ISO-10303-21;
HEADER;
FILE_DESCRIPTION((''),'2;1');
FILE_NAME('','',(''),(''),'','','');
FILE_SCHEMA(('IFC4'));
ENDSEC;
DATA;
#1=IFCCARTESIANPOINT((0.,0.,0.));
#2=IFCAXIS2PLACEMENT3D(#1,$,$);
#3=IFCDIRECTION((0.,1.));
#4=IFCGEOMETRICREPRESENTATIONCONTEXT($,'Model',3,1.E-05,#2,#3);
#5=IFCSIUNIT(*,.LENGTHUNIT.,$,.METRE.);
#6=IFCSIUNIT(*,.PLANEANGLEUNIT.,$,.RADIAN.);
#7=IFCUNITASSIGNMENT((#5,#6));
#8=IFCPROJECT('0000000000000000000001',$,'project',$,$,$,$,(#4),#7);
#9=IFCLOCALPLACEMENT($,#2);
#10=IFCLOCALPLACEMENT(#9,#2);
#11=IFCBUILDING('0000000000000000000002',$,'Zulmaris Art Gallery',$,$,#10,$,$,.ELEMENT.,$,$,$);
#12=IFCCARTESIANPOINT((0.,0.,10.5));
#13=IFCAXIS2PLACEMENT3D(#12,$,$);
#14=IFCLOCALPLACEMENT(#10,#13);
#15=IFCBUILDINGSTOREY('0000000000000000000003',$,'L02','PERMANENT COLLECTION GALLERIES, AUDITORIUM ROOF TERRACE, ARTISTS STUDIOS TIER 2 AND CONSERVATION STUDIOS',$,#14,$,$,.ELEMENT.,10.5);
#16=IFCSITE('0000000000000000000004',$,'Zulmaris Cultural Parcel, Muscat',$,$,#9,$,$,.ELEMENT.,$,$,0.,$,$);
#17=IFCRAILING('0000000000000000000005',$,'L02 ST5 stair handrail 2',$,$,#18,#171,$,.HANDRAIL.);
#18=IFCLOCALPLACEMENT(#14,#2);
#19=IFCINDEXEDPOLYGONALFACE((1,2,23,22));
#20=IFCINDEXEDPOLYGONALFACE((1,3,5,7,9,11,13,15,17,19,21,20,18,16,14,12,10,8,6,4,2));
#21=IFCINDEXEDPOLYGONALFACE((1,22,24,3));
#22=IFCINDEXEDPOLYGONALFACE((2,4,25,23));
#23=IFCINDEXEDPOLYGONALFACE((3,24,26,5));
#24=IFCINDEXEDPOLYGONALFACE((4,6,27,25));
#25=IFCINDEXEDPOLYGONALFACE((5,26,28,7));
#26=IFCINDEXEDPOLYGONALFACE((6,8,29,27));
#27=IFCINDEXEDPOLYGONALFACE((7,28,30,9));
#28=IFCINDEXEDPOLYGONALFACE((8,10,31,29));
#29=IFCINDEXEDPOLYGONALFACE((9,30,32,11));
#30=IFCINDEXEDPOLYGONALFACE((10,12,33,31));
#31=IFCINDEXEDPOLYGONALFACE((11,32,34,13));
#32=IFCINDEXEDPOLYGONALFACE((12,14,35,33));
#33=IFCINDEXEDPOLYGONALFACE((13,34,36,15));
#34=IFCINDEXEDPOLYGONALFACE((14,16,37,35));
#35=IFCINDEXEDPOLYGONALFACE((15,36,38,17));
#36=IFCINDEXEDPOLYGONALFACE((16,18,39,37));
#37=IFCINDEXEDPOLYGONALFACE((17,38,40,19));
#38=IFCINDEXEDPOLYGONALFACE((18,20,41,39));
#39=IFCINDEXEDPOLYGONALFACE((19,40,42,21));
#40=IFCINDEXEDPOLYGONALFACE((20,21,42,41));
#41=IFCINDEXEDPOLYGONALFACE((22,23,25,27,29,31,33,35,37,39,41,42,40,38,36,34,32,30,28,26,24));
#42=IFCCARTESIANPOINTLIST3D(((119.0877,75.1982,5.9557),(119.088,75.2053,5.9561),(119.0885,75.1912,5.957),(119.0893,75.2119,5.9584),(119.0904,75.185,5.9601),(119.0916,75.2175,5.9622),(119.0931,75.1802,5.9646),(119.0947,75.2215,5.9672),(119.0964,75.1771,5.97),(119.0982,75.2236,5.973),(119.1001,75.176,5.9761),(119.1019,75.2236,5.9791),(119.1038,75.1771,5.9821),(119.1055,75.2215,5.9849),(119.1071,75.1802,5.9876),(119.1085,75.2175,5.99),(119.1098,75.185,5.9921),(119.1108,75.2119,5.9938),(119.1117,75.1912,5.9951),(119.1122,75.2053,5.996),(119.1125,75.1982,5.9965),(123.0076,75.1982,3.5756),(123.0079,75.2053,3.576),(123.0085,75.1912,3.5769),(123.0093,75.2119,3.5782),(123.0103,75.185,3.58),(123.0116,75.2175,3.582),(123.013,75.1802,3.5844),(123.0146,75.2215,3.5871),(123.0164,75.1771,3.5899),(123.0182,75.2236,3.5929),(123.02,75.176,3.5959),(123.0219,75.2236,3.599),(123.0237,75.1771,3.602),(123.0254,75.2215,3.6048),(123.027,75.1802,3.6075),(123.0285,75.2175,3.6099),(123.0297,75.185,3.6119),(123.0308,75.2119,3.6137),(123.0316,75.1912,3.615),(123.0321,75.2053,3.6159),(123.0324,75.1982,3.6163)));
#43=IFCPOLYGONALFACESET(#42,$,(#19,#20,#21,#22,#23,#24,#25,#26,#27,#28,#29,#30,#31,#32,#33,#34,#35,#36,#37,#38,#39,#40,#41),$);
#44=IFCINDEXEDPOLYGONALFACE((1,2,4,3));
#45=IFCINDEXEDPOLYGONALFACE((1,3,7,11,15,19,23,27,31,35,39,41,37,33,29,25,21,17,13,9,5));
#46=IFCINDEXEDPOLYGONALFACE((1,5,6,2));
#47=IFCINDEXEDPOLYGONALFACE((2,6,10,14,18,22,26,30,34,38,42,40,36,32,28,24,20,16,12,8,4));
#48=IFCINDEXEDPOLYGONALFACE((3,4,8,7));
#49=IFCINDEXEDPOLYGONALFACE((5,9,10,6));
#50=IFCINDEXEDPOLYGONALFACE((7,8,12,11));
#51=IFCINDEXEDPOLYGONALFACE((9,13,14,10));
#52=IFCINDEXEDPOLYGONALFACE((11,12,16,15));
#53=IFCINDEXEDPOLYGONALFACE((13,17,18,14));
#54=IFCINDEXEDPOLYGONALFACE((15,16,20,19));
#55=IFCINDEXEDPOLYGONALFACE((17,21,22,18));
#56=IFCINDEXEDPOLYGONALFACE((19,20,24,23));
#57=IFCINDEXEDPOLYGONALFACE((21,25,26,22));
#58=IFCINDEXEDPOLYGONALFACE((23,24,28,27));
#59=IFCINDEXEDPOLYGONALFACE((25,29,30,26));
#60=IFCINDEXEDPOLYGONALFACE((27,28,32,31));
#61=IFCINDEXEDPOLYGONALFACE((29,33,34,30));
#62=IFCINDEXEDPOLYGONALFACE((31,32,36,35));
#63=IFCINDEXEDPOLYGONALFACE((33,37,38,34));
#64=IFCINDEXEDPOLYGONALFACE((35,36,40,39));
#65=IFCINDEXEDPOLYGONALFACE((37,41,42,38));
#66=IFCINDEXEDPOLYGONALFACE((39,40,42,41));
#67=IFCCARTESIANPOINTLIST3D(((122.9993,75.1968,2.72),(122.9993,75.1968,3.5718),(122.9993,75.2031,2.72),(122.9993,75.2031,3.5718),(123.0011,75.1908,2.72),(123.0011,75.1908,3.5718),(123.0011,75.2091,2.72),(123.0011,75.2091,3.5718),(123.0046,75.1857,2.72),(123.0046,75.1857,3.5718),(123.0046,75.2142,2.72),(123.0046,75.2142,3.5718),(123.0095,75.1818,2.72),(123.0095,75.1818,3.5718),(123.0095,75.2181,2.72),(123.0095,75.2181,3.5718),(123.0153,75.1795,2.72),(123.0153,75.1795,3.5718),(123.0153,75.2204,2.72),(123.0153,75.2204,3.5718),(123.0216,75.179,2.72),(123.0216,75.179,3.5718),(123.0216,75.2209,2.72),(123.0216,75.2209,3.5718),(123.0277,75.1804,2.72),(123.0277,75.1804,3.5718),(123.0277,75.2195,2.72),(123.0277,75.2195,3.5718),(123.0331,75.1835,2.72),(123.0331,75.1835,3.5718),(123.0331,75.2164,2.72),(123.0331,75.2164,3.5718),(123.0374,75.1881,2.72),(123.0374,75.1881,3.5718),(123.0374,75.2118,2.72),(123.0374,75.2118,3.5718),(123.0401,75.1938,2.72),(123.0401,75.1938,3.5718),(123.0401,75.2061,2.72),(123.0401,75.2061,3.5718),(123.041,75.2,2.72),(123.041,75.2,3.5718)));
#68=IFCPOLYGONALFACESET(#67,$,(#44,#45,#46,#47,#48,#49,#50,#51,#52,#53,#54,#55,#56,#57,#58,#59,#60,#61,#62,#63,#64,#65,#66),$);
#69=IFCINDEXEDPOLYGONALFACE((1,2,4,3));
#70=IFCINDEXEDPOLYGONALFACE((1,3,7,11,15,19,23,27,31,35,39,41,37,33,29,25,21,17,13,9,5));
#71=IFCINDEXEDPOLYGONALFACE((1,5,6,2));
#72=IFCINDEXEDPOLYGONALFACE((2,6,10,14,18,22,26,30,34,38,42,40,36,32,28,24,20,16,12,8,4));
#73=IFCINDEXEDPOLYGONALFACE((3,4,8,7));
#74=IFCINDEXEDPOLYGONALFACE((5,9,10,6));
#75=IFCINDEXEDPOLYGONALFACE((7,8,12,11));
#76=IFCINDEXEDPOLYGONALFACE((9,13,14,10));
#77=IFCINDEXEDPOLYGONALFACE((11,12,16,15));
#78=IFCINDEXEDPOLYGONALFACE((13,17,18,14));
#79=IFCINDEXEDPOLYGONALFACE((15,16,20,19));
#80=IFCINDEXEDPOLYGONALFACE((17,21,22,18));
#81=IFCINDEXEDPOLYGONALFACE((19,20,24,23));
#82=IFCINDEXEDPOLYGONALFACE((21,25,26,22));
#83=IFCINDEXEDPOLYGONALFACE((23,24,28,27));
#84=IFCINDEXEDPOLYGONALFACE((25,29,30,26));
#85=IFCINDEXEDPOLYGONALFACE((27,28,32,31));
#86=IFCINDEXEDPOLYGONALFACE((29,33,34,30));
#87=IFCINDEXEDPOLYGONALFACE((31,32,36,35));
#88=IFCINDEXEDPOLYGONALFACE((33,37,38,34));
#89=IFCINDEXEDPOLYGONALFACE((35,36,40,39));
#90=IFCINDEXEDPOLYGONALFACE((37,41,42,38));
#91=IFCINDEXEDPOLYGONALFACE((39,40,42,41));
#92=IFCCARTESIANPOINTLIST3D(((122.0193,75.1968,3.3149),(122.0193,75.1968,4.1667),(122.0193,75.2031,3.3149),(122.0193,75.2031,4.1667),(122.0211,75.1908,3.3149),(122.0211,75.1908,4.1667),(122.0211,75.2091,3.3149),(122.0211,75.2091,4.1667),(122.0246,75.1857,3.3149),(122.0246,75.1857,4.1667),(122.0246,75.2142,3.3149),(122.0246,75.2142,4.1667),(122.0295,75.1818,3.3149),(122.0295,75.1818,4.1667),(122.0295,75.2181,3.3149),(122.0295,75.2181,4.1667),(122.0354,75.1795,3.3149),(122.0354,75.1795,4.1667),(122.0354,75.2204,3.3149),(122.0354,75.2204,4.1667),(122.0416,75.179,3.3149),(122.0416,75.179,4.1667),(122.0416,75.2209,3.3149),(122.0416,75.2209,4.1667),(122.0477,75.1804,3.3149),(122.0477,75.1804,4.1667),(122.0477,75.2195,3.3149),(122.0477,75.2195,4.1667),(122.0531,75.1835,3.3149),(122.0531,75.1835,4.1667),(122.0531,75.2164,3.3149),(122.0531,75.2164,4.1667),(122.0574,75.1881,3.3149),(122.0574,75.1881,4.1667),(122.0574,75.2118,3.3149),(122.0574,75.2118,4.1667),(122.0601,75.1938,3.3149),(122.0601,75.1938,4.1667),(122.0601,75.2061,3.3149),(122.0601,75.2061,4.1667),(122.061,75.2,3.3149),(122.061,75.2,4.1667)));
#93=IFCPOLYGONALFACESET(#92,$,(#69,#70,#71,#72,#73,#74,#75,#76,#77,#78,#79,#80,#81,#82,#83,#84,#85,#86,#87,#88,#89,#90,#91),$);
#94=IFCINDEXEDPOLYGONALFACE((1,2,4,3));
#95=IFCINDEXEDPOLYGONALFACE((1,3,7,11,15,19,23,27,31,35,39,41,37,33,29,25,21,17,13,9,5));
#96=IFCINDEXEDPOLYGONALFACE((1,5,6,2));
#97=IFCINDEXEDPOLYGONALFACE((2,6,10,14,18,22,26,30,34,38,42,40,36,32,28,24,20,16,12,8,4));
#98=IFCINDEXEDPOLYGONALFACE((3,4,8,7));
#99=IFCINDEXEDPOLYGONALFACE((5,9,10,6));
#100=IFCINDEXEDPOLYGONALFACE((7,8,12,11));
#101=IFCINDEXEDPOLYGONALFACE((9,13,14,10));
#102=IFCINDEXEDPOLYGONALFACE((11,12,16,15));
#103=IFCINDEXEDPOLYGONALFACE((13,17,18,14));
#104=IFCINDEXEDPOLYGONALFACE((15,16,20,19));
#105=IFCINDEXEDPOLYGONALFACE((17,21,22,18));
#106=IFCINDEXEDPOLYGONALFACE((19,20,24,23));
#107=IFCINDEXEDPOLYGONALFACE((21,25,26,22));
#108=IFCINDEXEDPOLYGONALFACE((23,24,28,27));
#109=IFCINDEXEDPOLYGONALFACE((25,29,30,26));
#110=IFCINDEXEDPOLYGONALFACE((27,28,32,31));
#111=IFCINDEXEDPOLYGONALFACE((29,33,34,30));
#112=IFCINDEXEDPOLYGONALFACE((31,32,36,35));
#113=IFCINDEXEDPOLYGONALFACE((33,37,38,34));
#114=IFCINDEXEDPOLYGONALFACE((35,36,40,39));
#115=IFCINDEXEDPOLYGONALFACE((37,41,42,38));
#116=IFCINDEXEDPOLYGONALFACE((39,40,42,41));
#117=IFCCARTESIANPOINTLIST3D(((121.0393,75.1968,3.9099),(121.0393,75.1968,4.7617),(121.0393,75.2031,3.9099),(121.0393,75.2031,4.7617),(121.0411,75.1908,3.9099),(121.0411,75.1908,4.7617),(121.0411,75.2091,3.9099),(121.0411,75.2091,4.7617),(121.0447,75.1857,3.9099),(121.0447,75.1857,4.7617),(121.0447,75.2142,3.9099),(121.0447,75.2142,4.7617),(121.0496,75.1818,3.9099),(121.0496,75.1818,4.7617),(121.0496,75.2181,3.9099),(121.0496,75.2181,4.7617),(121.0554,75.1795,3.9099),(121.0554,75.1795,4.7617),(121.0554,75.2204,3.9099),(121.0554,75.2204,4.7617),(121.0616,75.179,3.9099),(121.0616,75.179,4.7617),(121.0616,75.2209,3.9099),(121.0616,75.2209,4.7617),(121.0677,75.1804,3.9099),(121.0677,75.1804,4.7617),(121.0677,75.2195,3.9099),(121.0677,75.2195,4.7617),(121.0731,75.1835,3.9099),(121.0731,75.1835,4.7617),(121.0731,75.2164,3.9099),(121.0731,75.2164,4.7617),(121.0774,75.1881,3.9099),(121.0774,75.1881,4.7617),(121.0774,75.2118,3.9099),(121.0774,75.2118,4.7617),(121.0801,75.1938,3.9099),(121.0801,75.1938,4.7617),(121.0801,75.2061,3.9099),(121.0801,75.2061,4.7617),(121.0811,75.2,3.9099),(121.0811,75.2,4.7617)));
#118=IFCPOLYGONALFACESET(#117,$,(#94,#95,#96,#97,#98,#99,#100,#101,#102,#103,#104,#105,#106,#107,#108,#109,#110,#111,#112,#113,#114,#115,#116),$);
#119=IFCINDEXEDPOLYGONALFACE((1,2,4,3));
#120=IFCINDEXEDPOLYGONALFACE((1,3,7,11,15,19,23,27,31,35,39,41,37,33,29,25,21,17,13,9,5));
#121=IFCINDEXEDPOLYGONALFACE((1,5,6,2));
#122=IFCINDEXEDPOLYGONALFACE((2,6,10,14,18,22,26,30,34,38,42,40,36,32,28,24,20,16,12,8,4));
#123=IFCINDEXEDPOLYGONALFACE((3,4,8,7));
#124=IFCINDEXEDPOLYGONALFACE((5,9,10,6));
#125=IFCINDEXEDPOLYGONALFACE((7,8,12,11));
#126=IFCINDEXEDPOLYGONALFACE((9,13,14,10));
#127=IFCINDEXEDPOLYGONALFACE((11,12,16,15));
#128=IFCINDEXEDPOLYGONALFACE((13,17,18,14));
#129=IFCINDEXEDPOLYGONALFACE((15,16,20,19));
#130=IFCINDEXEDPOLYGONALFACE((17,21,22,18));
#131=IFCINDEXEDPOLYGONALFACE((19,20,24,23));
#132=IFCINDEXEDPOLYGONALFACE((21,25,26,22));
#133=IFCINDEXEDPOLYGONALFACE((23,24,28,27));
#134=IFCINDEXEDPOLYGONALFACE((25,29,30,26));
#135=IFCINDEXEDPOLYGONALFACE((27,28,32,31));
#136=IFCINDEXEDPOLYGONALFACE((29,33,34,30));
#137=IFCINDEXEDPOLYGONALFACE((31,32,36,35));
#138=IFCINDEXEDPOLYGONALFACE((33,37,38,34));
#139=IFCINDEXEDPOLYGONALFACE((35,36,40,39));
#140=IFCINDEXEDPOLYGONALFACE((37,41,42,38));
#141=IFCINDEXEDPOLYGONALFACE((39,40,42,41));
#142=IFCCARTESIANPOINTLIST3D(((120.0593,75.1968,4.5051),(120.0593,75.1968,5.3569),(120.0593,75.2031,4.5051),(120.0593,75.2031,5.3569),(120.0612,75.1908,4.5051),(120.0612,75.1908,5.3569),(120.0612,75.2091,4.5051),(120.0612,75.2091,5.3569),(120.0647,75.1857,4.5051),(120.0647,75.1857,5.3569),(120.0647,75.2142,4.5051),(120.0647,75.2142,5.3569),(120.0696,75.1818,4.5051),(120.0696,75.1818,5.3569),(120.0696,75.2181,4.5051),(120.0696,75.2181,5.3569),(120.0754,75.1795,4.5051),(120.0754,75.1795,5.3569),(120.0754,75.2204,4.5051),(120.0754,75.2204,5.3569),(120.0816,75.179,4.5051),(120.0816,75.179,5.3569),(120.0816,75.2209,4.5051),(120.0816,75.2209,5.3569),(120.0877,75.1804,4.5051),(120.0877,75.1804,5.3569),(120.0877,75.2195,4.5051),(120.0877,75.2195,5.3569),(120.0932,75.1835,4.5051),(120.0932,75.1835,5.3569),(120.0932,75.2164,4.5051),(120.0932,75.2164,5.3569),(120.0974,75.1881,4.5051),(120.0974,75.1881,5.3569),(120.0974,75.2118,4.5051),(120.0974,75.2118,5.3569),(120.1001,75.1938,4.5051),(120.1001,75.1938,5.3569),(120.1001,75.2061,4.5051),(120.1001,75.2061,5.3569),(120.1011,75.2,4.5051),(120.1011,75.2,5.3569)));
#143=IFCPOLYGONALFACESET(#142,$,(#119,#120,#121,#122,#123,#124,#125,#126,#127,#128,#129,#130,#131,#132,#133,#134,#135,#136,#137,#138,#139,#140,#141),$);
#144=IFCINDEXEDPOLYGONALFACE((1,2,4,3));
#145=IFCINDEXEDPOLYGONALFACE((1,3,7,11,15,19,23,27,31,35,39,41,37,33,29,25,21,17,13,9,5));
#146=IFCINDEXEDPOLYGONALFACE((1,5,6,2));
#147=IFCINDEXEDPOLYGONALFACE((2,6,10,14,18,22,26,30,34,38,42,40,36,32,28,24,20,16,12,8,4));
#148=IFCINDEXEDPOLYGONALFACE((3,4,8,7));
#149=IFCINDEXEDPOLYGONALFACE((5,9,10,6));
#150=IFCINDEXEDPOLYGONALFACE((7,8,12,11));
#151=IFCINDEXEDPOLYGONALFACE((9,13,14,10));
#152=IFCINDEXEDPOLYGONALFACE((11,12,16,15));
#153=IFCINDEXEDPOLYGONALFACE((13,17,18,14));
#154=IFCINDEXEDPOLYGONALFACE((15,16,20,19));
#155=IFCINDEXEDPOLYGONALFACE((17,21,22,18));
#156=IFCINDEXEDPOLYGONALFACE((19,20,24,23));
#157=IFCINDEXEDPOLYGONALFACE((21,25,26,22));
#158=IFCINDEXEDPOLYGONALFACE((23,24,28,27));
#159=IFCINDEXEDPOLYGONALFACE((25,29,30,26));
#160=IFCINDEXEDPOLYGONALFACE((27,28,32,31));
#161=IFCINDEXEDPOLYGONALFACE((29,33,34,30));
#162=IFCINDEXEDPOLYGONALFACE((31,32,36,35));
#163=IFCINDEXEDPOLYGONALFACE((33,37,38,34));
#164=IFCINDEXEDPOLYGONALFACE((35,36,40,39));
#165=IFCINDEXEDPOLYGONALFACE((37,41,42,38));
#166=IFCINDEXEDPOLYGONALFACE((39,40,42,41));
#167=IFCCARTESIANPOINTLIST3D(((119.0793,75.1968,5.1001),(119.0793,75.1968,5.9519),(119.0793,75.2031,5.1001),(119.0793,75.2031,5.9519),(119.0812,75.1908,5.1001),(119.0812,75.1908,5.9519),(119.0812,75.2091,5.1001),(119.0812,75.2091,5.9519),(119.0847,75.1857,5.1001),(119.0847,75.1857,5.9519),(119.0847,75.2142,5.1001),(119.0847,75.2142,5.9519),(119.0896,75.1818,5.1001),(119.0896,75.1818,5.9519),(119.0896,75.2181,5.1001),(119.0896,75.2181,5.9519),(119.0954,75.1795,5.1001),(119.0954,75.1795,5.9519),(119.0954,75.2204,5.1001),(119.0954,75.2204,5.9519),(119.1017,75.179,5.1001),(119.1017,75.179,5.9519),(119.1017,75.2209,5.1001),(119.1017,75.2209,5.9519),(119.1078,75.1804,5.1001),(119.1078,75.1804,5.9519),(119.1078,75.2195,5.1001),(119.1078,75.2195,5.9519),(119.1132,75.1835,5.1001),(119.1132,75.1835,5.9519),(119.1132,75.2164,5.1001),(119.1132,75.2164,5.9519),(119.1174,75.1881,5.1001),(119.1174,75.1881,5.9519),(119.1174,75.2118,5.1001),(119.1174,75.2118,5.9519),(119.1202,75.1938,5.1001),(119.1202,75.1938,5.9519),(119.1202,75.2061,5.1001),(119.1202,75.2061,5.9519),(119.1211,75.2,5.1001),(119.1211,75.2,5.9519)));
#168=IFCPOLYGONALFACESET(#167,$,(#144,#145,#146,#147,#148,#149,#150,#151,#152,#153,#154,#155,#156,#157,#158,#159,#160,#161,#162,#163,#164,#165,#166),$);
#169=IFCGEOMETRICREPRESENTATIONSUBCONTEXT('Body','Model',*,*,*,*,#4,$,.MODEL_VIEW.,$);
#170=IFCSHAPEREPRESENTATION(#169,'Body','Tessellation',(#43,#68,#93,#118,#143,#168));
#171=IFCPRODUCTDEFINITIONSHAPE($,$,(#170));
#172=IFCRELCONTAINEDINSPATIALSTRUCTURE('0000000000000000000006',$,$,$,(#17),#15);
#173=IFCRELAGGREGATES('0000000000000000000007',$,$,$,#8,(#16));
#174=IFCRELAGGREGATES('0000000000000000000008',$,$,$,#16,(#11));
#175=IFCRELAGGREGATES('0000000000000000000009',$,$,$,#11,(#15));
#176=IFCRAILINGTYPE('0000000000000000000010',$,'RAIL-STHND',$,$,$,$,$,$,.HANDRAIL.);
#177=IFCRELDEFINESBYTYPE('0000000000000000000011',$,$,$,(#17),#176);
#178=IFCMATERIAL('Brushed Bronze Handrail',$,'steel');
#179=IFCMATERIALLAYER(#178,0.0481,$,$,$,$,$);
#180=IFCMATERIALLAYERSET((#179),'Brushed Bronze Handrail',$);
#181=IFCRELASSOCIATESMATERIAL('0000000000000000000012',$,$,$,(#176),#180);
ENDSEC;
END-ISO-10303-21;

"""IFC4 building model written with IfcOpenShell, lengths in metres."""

from ifc_helpers import new_model, si_unit, direction, frame, origin, origin_2d, place, context, subcontext, project, spatial, circle, extrude, material, layer, layer_set, type_object, element, save


model = new_model("IFC4")

# Units and contexts
model_context = context("Model", 3, precision=1e-05, world=origin(), true_north=direction((0.0, 1.0)))
body_context = subcontext(model_context, "Body", "Model", "MODEL_VIEW")
ifc_project = project(units=[si_unit("LENGTHUNIT", "METRE"), si_unit("PLANEANGLEUNIT", "RADIAN")], contexts=[model_context])

# Site, building, storey
site_placement = place(None, origin())
site = spatial("IfcSite", under=ifc_project, at=site_placement, Name="Zulmaris Cultural Parcel, Muscat", CompositionType="ELEMENT", RefElevation=0.0)
building_placement = place(site_placement, origin())
building = spatial("IfcBuilding", under=site, at=building_placement, Name="Zulmaris Art Gallery", CompositionType="ELEMENT")
storey_placement = place(building_placement, frame((0.0, 0.0, 10.5)))
storey = spatial("IfcBuildingStorey", under=building, at=storey_placement, Name="L02", Description="PERMANENT COLLECTION GALLERIES, AUDITORIUM ROOF TERRACE, ARTISTS STUDIOS TIER 2 AND CONSERVATION STUDIOS", CompositionType="ELEMENT", Elevation=10.5)

# Railing
ifc_material_1 = material(Name="Brushed Bronze Handrail", Category="steel")
ifc_layer_1 = layer(ifc_material_1, 0.0481)
ifc_layer_set_1 = layer_set([ifc_layer_1], Name="Brushed Bronze Handrail")
railing_type_1 = type_object("IfcRailingType", Name="RAIL-STHND", PredefinedType="HANDRAIL", material=ifc_layer_set_1)
railing_1_placement = place(storey_placement, frame((123.02, 75.2, 2.72)))
element("IfcRailing", 1, at=railing_1_placement, inside=storey, type_object=railing_type_1, Name="L02 ST5 stair handrail 2", PredefinedType="HANDRAIL", context=body_context, shape_type="SweptSolid", body=[
    extrude(circle(Radius=0.0239, at=origin_2d()), frame((0.0, 0.0, 0.876), z_axis=(-0.854771, 0.0, 0.519006), x_axis=(0.0, -1.0, 0.0)), (0.0, 0.0, 1.0), 4.5859),
    extrude(circle(Radius=0.021, at=origin_2d()), origin(), (0.0, 0.0, 1.0), 0.8518),
    extrude(circle(Radius=0.021, at=origin_2d()), frame((-0.98, 0.0, 0.595)), (0.0, 0.0, 1.0), 0.8518),
    extrude(circle(Radius=0.021, at=origin_2d()), frame((-1.96, 0.0, 1.1899)), (0.0, 0.0, 1.0), 0.8518),
    extrude(circle(Radius=0.021, at=origin_2d()), frame((-2.9399, 0.0, 1.7852)), (0.0, 0.0, 1.0), 0.8518),
    extrude(circle(Radius=0.021, at=origin_2d()), frame((-3.9199, 0.0, 2.3801)), (0.0, 0.0, 1.0), 0.8518),
])

save(model, "model.ifc")
